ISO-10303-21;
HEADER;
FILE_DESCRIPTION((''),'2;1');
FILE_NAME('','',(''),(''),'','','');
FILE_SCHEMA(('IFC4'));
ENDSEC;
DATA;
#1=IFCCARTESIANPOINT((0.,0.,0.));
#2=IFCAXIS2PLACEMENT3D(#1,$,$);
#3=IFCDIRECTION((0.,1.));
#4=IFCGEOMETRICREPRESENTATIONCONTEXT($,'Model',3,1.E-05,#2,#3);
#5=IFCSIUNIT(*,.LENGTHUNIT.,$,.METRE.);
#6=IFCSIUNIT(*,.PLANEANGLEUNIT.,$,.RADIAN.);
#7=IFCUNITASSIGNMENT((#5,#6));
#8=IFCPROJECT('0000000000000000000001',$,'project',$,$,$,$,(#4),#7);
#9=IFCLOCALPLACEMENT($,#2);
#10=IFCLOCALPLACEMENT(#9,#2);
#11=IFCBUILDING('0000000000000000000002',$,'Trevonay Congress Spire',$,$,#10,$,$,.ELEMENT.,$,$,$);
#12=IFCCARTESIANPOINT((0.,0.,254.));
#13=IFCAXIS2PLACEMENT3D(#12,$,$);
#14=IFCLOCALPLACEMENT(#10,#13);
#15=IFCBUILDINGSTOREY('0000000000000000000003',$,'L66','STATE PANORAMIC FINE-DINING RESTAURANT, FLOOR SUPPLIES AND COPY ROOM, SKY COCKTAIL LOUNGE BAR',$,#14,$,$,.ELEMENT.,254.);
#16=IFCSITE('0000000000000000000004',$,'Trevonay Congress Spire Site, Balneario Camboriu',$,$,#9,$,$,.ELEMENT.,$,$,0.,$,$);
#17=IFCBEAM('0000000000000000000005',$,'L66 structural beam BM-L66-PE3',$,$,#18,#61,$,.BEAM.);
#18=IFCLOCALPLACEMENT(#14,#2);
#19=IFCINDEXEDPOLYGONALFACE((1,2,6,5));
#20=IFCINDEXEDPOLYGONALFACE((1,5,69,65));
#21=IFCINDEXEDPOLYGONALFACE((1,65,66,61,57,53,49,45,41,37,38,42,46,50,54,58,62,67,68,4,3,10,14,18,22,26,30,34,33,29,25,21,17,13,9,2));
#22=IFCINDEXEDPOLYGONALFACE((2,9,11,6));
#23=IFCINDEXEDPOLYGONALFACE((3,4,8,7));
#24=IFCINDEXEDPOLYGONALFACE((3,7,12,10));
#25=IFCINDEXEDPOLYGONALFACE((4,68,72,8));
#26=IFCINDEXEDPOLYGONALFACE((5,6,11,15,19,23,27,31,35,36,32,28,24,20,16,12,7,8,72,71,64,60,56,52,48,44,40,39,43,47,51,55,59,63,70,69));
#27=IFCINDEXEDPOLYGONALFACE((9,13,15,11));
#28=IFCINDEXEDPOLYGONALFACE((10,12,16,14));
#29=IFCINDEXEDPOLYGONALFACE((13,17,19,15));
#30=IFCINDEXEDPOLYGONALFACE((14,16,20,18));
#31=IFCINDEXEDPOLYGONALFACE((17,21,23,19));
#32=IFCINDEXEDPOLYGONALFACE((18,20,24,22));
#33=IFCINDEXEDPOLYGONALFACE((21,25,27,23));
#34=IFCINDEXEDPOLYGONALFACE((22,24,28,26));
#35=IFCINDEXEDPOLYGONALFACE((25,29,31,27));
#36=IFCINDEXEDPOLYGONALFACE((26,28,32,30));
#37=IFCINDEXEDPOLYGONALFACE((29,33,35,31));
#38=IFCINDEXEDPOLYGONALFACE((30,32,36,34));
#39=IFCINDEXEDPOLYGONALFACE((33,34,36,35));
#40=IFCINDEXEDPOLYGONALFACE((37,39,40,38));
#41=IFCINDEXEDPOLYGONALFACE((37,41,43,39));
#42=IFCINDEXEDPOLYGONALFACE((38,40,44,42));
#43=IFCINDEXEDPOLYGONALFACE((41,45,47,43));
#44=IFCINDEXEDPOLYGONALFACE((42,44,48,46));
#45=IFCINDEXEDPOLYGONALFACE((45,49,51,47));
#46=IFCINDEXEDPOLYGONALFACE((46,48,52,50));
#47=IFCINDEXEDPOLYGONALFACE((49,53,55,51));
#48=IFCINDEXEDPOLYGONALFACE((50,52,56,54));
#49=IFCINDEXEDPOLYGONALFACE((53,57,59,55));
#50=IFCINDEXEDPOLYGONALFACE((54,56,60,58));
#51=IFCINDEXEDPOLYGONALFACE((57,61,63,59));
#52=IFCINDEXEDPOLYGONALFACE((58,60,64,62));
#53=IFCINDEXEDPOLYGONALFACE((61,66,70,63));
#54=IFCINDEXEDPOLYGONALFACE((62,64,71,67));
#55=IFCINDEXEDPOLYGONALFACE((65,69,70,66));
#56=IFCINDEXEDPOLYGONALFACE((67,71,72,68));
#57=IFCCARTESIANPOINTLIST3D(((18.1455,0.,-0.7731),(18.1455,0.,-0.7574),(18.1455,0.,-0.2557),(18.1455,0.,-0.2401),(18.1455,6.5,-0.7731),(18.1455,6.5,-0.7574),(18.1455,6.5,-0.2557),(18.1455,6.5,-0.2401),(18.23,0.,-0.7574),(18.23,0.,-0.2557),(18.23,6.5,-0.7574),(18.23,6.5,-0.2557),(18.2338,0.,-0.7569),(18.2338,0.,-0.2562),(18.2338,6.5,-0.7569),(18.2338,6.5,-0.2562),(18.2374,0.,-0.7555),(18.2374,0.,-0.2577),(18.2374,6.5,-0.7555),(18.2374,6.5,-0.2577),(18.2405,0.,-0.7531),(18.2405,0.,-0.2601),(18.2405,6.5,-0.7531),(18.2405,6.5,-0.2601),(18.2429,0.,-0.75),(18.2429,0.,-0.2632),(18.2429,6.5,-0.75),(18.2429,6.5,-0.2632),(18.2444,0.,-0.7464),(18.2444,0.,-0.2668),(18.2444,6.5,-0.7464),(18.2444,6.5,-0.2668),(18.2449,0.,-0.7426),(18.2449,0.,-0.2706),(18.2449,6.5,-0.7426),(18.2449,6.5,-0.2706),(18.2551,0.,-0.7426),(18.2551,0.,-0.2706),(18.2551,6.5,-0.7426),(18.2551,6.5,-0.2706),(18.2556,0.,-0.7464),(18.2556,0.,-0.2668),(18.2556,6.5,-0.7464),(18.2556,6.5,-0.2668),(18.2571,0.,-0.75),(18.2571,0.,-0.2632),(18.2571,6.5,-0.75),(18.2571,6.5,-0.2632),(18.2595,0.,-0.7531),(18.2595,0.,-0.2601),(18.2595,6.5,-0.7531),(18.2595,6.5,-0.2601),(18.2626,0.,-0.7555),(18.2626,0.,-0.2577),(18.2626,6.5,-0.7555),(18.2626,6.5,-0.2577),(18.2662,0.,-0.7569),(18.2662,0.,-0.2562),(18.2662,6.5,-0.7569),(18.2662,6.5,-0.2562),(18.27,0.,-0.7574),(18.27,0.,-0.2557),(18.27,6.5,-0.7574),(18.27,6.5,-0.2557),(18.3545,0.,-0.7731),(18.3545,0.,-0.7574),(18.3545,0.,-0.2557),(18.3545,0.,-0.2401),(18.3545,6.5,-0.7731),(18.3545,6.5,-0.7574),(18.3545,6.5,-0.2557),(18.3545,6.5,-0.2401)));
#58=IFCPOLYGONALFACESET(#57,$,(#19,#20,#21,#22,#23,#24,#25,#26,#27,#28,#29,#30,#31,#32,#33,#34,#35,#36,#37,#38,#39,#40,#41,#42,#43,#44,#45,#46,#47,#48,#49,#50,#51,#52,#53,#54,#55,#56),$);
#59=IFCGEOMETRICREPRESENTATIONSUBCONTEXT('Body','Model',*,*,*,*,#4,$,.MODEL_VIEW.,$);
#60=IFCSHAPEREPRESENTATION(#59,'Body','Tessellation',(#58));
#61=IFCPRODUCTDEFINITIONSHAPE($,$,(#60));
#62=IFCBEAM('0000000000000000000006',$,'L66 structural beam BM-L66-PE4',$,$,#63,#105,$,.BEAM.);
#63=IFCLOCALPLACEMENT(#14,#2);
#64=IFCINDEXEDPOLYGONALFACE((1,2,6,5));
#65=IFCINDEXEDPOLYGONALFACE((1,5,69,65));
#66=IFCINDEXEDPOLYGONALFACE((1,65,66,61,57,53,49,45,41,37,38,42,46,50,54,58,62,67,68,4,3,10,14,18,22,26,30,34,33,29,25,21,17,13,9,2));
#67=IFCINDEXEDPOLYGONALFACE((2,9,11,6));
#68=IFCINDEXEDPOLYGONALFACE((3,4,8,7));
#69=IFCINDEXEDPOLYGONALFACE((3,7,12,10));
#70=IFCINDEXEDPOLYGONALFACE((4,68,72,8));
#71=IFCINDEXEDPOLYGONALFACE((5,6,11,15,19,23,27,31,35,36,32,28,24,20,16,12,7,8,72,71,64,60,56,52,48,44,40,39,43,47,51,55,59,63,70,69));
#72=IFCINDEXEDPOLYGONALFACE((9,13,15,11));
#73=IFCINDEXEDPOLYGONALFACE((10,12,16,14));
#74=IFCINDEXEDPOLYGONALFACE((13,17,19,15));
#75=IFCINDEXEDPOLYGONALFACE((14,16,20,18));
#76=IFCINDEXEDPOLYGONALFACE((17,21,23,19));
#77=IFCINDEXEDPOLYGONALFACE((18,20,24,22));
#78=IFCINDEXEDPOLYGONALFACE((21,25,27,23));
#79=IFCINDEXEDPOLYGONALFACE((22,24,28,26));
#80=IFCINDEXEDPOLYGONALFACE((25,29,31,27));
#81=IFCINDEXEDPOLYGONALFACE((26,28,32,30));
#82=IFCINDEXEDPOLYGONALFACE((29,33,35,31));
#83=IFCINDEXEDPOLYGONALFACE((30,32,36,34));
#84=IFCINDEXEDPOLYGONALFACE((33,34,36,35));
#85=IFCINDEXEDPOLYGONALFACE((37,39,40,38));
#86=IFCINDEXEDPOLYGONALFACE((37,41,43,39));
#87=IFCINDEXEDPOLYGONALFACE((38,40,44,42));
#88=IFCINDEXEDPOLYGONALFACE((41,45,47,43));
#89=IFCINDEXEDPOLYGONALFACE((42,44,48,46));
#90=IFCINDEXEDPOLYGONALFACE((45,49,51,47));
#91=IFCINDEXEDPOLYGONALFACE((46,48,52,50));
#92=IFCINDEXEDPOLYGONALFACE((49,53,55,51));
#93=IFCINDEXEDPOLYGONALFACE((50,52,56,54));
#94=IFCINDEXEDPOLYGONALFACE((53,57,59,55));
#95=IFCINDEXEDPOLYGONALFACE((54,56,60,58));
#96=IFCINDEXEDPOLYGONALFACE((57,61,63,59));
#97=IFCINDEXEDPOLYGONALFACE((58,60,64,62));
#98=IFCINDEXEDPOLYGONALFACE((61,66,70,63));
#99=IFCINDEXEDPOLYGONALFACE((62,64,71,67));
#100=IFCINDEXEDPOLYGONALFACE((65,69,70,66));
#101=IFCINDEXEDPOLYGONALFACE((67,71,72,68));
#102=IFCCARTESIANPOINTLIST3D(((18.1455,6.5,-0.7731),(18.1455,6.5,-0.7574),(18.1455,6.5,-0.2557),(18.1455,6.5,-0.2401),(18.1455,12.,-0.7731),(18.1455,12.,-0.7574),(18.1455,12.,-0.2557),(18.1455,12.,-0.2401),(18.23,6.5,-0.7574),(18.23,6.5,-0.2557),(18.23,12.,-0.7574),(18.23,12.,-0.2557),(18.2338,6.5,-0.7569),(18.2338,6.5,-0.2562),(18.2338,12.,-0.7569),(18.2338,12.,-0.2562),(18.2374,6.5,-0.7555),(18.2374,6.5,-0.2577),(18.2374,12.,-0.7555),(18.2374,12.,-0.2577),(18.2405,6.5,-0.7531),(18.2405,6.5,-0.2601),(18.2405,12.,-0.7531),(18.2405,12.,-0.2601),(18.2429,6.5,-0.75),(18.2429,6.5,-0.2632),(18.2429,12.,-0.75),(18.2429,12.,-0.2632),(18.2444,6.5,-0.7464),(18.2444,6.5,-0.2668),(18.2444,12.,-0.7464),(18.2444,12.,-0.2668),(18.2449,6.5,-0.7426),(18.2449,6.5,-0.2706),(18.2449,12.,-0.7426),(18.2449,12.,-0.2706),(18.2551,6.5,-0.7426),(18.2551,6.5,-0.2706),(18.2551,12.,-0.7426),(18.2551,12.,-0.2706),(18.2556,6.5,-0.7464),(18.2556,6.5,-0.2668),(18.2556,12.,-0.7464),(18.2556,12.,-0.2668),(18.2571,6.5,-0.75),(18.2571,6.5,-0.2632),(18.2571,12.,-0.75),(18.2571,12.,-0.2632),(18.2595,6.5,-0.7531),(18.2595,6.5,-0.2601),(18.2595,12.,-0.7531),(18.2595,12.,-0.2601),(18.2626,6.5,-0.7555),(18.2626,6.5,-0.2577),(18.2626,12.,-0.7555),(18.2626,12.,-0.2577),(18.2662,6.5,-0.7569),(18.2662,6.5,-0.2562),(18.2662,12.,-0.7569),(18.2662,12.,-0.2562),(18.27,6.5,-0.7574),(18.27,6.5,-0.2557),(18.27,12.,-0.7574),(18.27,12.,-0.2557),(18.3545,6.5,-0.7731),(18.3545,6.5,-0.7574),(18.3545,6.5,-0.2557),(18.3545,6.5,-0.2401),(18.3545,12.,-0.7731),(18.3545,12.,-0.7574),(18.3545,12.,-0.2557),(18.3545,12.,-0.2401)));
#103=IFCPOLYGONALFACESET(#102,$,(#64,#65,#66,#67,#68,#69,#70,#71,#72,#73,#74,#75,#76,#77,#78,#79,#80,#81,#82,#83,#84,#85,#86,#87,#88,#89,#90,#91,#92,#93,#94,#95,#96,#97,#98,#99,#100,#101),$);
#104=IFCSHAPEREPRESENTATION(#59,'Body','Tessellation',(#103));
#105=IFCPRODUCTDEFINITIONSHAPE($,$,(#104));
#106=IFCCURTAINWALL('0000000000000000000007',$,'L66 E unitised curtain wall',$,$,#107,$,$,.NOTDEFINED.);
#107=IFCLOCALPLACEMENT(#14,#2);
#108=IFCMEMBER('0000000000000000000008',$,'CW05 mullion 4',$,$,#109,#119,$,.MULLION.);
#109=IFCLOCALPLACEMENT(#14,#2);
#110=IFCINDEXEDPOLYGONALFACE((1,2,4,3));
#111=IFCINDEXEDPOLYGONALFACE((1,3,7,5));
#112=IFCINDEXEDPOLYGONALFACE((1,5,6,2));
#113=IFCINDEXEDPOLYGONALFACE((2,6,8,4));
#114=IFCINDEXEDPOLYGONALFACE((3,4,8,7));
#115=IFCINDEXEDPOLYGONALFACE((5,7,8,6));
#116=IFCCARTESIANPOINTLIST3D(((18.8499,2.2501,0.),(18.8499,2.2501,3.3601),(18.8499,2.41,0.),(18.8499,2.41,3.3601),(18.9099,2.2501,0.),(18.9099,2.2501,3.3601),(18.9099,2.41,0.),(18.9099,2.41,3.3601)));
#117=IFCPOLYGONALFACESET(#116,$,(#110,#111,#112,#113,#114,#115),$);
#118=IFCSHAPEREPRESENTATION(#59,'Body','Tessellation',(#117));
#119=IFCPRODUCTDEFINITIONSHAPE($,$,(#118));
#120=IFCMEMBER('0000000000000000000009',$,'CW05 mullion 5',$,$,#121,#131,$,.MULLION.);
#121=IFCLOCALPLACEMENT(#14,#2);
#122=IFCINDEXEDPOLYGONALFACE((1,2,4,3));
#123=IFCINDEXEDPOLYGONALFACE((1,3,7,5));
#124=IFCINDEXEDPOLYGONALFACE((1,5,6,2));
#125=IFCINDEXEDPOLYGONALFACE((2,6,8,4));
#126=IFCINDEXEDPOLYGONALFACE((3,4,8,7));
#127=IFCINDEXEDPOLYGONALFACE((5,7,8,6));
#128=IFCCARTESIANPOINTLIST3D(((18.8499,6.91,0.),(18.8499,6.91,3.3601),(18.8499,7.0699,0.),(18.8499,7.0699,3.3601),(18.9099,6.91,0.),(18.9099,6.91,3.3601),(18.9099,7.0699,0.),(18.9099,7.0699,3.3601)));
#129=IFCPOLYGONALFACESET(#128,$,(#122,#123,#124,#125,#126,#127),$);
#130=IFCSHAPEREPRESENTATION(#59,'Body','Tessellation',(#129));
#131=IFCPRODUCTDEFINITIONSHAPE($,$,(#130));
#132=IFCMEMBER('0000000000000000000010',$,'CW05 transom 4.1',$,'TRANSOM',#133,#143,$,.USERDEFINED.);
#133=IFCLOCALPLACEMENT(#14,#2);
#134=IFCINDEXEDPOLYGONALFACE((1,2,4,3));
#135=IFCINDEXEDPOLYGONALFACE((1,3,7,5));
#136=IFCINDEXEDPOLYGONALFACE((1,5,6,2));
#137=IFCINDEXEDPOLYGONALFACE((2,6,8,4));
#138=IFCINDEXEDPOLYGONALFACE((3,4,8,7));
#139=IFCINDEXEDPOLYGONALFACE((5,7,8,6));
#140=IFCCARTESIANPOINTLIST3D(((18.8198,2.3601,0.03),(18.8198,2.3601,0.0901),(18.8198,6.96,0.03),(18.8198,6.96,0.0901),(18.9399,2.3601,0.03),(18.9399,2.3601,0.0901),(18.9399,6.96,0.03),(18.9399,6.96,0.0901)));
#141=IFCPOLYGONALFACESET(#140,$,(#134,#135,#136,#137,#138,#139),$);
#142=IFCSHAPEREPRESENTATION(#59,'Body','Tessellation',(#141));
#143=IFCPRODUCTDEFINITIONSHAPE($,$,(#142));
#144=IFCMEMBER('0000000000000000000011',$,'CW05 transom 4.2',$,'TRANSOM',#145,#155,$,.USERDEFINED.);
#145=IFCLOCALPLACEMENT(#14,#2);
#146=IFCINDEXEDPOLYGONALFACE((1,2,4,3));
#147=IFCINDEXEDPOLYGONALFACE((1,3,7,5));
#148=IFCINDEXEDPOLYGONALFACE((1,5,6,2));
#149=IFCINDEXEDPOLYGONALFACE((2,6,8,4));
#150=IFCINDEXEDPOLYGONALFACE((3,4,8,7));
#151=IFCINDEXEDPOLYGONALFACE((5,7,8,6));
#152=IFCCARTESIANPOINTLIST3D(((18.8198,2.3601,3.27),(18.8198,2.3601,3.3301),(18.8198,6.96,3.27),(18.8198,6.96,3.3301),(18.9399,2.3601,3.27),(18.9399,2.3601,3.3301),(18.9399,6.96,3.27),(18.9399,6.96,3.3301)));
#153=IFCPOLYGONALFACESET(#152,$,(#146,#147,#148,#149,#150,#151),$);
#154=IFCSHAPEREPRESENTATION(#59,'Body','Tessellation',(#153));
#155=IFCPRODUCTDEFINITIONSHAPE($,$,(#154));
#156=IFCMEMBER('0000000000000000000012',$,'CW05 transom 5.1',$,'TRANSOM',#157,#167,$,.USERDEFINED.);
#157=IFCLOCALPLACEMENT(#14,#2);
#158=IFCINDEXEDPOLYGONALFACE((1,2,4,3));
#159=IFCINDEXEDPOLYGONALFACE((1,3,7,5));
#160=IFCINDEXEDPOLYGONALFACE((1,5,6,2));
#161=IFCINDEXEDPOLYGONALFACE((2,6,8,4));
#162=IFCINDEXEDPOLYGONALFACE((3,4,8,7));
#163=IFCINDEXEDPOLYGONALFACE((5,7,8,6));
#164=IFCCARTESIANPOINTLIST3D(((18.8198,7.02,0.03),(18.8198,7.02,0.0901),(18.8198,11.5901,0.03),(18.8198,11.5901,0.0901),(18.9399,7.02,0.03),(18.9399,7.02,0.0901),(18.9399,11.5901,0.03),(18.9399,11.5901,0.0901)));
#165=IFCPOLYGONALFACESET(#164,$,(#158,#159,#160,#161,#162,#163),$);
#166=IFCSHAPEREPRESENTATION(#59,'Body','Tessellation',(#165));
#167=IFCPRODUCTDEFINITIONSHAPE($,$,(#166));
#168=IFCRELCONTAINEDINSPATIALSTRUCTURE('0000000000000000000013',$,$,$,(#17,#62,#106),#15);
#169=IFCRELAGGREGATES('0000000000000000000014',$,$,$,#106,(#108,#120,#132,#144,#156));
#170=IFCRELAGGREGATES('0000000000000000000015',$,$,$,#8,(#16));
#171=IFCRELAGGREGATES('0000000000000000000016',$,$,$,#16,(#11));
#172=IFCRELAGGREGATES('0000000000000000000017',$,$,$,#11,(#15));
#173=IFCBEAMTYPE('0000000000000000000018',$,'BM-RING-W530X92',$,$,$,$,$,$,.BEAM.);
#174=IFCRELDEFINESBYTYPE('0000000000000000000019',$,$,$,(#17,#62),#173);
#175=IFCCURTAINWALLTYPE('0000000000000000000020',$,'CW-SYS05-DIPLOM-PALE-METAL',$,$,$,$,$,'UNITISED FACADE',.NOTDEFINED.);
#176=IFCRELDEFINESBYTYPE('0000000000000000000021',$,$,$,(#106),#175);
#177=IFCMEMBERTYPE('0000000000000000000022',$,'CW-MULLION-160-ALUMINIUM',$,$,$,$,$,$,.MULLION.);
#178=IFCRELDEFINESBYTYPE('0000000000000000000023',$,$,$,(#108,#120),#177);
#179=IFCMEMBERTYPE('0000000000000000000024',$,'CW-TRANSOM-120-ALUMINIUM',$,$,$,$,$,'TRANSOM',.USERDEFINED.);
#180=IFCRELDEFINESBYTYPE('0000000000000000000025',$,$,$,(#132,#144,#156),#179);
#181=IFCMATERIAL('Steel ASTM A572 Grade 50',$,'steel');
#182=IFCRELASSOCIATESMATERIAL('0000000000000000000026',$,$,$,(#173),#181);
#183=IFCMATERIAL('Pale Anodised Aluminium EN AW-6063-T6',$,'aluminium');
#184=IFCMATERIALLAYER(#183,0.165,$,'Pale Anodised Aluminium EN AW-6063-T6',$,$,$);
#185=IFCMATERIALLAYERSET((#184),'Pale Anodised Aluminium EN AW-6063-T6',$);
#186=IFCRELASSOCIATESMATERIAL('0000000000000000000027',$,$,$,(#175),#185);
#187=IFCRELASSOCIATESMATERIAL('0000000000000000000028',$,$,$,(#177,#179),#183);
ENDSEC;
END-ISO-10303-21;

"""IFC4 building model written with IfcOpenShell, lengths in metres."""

from ifc_helpers import new_model, si_unit, direction, frame, origin, origin_2d, place, context, subcontext, project, spatial, rectangle, i_section, extrude, material, layer, layer_set, material_profile, profile_set, type_object, element, aggregate, save


model = new_model("IFC4")

# Units and contexts
model_context = context("Model", 3, precision=1e-05, world=origin(), true_north=direction((0.0, 1.0)))
body_context = subcontext(model_context, "Body", "Model", "MODEL_VIEW")
ifc_project = project(units=[si_unit("LENGTHUNIT", "METRE"), si_unit("PLANEANGLEUNIT", "RADIAN")], contexts=[model_context])

# Site, building, storey
site_placement = place(None, origin())
site = spatial("IfcSite", under=ifc_project, at=site_placement, Name="Trevonay Congress Spire Site, Balneario Camboriu", CompositionType="ELEMENT", RefElevation=0.0)
building_placement = place(site_placement, origin())
building = spatial("IfcBuilding", under=site, at=building_placement, Name="Trevonay Congress Spire", CompositionType="ELEMENT")
storey_placement = place(building_placement, frame((0.0, 0.0, 254.0)))
storey = spatial("IfcBuildingStorey", under=building, at=storey_placement, Name="L66", Description="STATE PANORAMIC FINE-DINING RESTAURANT, FLOOR SUPPLIES AND COPY ROOM, SKY COCKTAIL LOUNGE BAR", CompositionType="ELEMENT", Elevation=254.0)

# Shared definitions
ifc_material_1 = material(Name="Steel ASTM A572 Grade 50", Category="steel")

# Beams
ifc_material_profile_1 = material_profile(ifc_material_1, i_section(OverallWidth=0.209, OverallDepth=0.533, WebThickness=0.0103, FlangeThickness=0.0156, FilletRadius=0.0149, at=origin_2d()), Name="W530x92")
ifc_profile_set_1 = profile_set([ifc_material_profile_1], Name="Steel ASTM A572 Grade 50")
beam_type_1 = type_object("IfcBeamType", Name="BM-RING-W530X92", PredefinedType="BEAM", material=ifc_profile_set_1)
beam_1_placement = place(storey_placement, frame((18.25, 0.0, -0.5066), z_axis=(0.0, 1.0, 0.0), x_axis=(-1.0, 0.0, 0.0)))
element("IfcBeam", 1, at=beam_1_placement, inside=storey, type_object=beam_type_1, Name="L66 structural beam BM-L66-PE3", PredefinedType="BEAM", context=body_context, shape_type="SweptSolid", body=[
    extrude(i_section(OverallWidth=0.209, OverallDepth=0.533, WebThickness=0.0103, FlangeThickness=0.0156, FilletRadius=0.0149, at=origin_2d()), origin(), (0.0, 0.0, 1.0), 6.5),
])
beam_2_placement = place(storey_placement, frame((18.25, 6.5, -0.5066), z_axis=(0.0, 1.0, 0.0), x_axis=(-1.0, 0.0, 0.0)))
element("IfcBeam", 2, at=beam_2_placement, inside=storey, type_object=beam_type_1, Name="L66 structural beam BM-L66-PE4", PredefinedType="BEAM", context=body_context, shape_type="SweptSolid", body=[
    extrude(i_section(OverallWidth=0.209, OverallDepth=0.533, WebThickness=0.0103, FlangeThickness=0.0156, FilletRadius=0.0149, at=origin_2d()), origin(), (0.0, 0.0, 1.0), 5.5),
])

# Curtain wall, members
ifc_material_2 = material(Name="Pale Anodised Aluminium EN AW-6063-T6", Category="aluminium")
ifc_layer_1 = layer(ifc_material_2, 0.165, Name="Pale Anodised Aluminium EN AW-6063-T6")
ifc_layer_set_1 = layer_set([ifc_layer_1], Name="Pale Anodised Aluminium EN AW-6063-T6")
curtain_wall_type = type_object("IfcCurtainWallType", Name="CW-SYS05-DIPLOM-PALE-METAL", ElementType="UNITISED FACADE", PredefinedType="NOTDEFINED", material=ifc_layer_set_1)
curtain_wall_placement = place(storey_placement, origin())
curtain_wall = element("IfcCurtainWall", 3, at=curtain_wall_placement, inside=storey, type_object=curtain_wall_type, Name="L66 E unitised curtain wall", PredefinedType="NOTDEFINED")
ifc_material_profile_2 = material_profile(ifc_material_2, rectangle(XDim=0.0601, YDim=0.1599, at=origin_2d()), Name="CW-MULLION-160-ALUMINIUM")
ifc_profile_set_2 = profile_set([ifc_material_profile_2], Name="Pale Anodised Aluminium EN AW-6063-T6")
member_type_1 = type_object("IfcMemberType", Name="CW-MULLION-160-ALUMINIUM", PredefinedType="MULLION", material=ifc_profile_set_2)
member_1_placement = place(storey_placement, frame((18.8799, 2.3301, 0.0), z_axis=(0.0, 0.0, 1.0), x_axis=(-1.0, 0.0, 0.0)))
member_1 = element("IfcMember", 4, at=member_1_placement, type_object=member_type_1, Name="CW05 mullion 4", PredefinedType="MULLION", context=body_context, shape_type="SweptSolid", body=[
    extrude(rectangle(XDim=0.0601, YDim=0.1599, at=origin_2d()), origin(), (0.0, 0.0, 1.0), 3.3601),
])
member_2_placement = place(storey_placement, frame((18.8799, 6.99, 0.0), z_axis=(0.0, 0.0, 1.0), x_axis=(-1.0, 0.0, 0.0)))
member_2 = element("IfcMember", 5, at=member_2_placement, type_object=member_type_1, Name="CW05 mullion 5", PredefinedType="MULLION", context=body_context, shape_type="SweptSolid", body=[
    extrude(rectangle(XDim=0.0601, YDim=0.1599, at=origin_2d()), origin(), (0.0, 0.0, 1.0), 3.3601),
])
ifc_material_profile_3 = material_profile(ifc_material_2, rectangle(XDim=0.1201, YDim=0.0601, at=origin_2d()), Name="CW-TRANSOM-120-ALUMINIUM")
ifc_profile_set_3 = profile_set([ifc_material_profile_3], Name="Pale Anodised Aluminium EN AW-6063-T6")
member_type_2 = type_object("IfcMemberType", Name="CW-TRANSOM-120-ALUMINIUM", ElementType="TRANSOM", PredefinedType="USERDEFINED", material=ifc_profile_set_3)
member_3_placement = place(storey_placement, frame((18.8799, 2.3601, 0.0601), z_axis=(0.0, 1.0, 0.0), x_axis=(-1.0, 0.0, 0.0)))
member_3 = element("IfcMember", 6, at=member_3_placement, type_object=member_type_2, Name="CW05 transom 4.1", ObjectType="TRANSOM", PredefinedType="USERDEFINED", context=body_context, shape_type="SweptSolid", body=[
    extrude(rectangle(XDim=0.1201, YDim=0.0601, at=origin_2d()), origin(), (0.0, 0.0, 1.0), 4.5999),
])
member_4_placement = place(storey_placement, frame((18.8799, 2.3601, 3.3), z_axis=(0.0, 1.0, 0.0), x_axis=(-1.0, 0.0, 0.0)))
member_4 = element("IfcMember", 7, at=member_4_placement, type_object=member_type_2, Name="CW05 transom 4.2", ObjectType="TRANSOM", PredefinedType="USERDEFINED", context=body_context, shape_type="SweptSolid", body=[
    extrude(rectangle(XDim=0.1201, YDim=0.0601, at=origin_2d()), origin(), (0.0, 0.0, 1.0), 4.5999),
])
member_5_placement = place(storey_placement, frame((18.8799, 7.02, 0.0601), z_axis=(0.0, 1.0, 0.0), x_axis=(-1.0, 0.0, 0.0)))
member_5 = element("IfcMember", 8, at=member_5_placement, type_object=member_type_2, Name="CW05 transom 5.1", ObjectType="TRANSOM", PredefinedType="USERDEFINED", context=body_context, shape_type="SweptSolid", body=[
    extrude(rectangle(XDim=0.1201, YDim=0.0601, at=origin_2d()), origin(), (0.0, 0.0, 1.0), 4.5701),
])

aggregate(curtain_wall, [member_1, member_2, member_3, member_4, member_5])

save(model, "model.ifc")
